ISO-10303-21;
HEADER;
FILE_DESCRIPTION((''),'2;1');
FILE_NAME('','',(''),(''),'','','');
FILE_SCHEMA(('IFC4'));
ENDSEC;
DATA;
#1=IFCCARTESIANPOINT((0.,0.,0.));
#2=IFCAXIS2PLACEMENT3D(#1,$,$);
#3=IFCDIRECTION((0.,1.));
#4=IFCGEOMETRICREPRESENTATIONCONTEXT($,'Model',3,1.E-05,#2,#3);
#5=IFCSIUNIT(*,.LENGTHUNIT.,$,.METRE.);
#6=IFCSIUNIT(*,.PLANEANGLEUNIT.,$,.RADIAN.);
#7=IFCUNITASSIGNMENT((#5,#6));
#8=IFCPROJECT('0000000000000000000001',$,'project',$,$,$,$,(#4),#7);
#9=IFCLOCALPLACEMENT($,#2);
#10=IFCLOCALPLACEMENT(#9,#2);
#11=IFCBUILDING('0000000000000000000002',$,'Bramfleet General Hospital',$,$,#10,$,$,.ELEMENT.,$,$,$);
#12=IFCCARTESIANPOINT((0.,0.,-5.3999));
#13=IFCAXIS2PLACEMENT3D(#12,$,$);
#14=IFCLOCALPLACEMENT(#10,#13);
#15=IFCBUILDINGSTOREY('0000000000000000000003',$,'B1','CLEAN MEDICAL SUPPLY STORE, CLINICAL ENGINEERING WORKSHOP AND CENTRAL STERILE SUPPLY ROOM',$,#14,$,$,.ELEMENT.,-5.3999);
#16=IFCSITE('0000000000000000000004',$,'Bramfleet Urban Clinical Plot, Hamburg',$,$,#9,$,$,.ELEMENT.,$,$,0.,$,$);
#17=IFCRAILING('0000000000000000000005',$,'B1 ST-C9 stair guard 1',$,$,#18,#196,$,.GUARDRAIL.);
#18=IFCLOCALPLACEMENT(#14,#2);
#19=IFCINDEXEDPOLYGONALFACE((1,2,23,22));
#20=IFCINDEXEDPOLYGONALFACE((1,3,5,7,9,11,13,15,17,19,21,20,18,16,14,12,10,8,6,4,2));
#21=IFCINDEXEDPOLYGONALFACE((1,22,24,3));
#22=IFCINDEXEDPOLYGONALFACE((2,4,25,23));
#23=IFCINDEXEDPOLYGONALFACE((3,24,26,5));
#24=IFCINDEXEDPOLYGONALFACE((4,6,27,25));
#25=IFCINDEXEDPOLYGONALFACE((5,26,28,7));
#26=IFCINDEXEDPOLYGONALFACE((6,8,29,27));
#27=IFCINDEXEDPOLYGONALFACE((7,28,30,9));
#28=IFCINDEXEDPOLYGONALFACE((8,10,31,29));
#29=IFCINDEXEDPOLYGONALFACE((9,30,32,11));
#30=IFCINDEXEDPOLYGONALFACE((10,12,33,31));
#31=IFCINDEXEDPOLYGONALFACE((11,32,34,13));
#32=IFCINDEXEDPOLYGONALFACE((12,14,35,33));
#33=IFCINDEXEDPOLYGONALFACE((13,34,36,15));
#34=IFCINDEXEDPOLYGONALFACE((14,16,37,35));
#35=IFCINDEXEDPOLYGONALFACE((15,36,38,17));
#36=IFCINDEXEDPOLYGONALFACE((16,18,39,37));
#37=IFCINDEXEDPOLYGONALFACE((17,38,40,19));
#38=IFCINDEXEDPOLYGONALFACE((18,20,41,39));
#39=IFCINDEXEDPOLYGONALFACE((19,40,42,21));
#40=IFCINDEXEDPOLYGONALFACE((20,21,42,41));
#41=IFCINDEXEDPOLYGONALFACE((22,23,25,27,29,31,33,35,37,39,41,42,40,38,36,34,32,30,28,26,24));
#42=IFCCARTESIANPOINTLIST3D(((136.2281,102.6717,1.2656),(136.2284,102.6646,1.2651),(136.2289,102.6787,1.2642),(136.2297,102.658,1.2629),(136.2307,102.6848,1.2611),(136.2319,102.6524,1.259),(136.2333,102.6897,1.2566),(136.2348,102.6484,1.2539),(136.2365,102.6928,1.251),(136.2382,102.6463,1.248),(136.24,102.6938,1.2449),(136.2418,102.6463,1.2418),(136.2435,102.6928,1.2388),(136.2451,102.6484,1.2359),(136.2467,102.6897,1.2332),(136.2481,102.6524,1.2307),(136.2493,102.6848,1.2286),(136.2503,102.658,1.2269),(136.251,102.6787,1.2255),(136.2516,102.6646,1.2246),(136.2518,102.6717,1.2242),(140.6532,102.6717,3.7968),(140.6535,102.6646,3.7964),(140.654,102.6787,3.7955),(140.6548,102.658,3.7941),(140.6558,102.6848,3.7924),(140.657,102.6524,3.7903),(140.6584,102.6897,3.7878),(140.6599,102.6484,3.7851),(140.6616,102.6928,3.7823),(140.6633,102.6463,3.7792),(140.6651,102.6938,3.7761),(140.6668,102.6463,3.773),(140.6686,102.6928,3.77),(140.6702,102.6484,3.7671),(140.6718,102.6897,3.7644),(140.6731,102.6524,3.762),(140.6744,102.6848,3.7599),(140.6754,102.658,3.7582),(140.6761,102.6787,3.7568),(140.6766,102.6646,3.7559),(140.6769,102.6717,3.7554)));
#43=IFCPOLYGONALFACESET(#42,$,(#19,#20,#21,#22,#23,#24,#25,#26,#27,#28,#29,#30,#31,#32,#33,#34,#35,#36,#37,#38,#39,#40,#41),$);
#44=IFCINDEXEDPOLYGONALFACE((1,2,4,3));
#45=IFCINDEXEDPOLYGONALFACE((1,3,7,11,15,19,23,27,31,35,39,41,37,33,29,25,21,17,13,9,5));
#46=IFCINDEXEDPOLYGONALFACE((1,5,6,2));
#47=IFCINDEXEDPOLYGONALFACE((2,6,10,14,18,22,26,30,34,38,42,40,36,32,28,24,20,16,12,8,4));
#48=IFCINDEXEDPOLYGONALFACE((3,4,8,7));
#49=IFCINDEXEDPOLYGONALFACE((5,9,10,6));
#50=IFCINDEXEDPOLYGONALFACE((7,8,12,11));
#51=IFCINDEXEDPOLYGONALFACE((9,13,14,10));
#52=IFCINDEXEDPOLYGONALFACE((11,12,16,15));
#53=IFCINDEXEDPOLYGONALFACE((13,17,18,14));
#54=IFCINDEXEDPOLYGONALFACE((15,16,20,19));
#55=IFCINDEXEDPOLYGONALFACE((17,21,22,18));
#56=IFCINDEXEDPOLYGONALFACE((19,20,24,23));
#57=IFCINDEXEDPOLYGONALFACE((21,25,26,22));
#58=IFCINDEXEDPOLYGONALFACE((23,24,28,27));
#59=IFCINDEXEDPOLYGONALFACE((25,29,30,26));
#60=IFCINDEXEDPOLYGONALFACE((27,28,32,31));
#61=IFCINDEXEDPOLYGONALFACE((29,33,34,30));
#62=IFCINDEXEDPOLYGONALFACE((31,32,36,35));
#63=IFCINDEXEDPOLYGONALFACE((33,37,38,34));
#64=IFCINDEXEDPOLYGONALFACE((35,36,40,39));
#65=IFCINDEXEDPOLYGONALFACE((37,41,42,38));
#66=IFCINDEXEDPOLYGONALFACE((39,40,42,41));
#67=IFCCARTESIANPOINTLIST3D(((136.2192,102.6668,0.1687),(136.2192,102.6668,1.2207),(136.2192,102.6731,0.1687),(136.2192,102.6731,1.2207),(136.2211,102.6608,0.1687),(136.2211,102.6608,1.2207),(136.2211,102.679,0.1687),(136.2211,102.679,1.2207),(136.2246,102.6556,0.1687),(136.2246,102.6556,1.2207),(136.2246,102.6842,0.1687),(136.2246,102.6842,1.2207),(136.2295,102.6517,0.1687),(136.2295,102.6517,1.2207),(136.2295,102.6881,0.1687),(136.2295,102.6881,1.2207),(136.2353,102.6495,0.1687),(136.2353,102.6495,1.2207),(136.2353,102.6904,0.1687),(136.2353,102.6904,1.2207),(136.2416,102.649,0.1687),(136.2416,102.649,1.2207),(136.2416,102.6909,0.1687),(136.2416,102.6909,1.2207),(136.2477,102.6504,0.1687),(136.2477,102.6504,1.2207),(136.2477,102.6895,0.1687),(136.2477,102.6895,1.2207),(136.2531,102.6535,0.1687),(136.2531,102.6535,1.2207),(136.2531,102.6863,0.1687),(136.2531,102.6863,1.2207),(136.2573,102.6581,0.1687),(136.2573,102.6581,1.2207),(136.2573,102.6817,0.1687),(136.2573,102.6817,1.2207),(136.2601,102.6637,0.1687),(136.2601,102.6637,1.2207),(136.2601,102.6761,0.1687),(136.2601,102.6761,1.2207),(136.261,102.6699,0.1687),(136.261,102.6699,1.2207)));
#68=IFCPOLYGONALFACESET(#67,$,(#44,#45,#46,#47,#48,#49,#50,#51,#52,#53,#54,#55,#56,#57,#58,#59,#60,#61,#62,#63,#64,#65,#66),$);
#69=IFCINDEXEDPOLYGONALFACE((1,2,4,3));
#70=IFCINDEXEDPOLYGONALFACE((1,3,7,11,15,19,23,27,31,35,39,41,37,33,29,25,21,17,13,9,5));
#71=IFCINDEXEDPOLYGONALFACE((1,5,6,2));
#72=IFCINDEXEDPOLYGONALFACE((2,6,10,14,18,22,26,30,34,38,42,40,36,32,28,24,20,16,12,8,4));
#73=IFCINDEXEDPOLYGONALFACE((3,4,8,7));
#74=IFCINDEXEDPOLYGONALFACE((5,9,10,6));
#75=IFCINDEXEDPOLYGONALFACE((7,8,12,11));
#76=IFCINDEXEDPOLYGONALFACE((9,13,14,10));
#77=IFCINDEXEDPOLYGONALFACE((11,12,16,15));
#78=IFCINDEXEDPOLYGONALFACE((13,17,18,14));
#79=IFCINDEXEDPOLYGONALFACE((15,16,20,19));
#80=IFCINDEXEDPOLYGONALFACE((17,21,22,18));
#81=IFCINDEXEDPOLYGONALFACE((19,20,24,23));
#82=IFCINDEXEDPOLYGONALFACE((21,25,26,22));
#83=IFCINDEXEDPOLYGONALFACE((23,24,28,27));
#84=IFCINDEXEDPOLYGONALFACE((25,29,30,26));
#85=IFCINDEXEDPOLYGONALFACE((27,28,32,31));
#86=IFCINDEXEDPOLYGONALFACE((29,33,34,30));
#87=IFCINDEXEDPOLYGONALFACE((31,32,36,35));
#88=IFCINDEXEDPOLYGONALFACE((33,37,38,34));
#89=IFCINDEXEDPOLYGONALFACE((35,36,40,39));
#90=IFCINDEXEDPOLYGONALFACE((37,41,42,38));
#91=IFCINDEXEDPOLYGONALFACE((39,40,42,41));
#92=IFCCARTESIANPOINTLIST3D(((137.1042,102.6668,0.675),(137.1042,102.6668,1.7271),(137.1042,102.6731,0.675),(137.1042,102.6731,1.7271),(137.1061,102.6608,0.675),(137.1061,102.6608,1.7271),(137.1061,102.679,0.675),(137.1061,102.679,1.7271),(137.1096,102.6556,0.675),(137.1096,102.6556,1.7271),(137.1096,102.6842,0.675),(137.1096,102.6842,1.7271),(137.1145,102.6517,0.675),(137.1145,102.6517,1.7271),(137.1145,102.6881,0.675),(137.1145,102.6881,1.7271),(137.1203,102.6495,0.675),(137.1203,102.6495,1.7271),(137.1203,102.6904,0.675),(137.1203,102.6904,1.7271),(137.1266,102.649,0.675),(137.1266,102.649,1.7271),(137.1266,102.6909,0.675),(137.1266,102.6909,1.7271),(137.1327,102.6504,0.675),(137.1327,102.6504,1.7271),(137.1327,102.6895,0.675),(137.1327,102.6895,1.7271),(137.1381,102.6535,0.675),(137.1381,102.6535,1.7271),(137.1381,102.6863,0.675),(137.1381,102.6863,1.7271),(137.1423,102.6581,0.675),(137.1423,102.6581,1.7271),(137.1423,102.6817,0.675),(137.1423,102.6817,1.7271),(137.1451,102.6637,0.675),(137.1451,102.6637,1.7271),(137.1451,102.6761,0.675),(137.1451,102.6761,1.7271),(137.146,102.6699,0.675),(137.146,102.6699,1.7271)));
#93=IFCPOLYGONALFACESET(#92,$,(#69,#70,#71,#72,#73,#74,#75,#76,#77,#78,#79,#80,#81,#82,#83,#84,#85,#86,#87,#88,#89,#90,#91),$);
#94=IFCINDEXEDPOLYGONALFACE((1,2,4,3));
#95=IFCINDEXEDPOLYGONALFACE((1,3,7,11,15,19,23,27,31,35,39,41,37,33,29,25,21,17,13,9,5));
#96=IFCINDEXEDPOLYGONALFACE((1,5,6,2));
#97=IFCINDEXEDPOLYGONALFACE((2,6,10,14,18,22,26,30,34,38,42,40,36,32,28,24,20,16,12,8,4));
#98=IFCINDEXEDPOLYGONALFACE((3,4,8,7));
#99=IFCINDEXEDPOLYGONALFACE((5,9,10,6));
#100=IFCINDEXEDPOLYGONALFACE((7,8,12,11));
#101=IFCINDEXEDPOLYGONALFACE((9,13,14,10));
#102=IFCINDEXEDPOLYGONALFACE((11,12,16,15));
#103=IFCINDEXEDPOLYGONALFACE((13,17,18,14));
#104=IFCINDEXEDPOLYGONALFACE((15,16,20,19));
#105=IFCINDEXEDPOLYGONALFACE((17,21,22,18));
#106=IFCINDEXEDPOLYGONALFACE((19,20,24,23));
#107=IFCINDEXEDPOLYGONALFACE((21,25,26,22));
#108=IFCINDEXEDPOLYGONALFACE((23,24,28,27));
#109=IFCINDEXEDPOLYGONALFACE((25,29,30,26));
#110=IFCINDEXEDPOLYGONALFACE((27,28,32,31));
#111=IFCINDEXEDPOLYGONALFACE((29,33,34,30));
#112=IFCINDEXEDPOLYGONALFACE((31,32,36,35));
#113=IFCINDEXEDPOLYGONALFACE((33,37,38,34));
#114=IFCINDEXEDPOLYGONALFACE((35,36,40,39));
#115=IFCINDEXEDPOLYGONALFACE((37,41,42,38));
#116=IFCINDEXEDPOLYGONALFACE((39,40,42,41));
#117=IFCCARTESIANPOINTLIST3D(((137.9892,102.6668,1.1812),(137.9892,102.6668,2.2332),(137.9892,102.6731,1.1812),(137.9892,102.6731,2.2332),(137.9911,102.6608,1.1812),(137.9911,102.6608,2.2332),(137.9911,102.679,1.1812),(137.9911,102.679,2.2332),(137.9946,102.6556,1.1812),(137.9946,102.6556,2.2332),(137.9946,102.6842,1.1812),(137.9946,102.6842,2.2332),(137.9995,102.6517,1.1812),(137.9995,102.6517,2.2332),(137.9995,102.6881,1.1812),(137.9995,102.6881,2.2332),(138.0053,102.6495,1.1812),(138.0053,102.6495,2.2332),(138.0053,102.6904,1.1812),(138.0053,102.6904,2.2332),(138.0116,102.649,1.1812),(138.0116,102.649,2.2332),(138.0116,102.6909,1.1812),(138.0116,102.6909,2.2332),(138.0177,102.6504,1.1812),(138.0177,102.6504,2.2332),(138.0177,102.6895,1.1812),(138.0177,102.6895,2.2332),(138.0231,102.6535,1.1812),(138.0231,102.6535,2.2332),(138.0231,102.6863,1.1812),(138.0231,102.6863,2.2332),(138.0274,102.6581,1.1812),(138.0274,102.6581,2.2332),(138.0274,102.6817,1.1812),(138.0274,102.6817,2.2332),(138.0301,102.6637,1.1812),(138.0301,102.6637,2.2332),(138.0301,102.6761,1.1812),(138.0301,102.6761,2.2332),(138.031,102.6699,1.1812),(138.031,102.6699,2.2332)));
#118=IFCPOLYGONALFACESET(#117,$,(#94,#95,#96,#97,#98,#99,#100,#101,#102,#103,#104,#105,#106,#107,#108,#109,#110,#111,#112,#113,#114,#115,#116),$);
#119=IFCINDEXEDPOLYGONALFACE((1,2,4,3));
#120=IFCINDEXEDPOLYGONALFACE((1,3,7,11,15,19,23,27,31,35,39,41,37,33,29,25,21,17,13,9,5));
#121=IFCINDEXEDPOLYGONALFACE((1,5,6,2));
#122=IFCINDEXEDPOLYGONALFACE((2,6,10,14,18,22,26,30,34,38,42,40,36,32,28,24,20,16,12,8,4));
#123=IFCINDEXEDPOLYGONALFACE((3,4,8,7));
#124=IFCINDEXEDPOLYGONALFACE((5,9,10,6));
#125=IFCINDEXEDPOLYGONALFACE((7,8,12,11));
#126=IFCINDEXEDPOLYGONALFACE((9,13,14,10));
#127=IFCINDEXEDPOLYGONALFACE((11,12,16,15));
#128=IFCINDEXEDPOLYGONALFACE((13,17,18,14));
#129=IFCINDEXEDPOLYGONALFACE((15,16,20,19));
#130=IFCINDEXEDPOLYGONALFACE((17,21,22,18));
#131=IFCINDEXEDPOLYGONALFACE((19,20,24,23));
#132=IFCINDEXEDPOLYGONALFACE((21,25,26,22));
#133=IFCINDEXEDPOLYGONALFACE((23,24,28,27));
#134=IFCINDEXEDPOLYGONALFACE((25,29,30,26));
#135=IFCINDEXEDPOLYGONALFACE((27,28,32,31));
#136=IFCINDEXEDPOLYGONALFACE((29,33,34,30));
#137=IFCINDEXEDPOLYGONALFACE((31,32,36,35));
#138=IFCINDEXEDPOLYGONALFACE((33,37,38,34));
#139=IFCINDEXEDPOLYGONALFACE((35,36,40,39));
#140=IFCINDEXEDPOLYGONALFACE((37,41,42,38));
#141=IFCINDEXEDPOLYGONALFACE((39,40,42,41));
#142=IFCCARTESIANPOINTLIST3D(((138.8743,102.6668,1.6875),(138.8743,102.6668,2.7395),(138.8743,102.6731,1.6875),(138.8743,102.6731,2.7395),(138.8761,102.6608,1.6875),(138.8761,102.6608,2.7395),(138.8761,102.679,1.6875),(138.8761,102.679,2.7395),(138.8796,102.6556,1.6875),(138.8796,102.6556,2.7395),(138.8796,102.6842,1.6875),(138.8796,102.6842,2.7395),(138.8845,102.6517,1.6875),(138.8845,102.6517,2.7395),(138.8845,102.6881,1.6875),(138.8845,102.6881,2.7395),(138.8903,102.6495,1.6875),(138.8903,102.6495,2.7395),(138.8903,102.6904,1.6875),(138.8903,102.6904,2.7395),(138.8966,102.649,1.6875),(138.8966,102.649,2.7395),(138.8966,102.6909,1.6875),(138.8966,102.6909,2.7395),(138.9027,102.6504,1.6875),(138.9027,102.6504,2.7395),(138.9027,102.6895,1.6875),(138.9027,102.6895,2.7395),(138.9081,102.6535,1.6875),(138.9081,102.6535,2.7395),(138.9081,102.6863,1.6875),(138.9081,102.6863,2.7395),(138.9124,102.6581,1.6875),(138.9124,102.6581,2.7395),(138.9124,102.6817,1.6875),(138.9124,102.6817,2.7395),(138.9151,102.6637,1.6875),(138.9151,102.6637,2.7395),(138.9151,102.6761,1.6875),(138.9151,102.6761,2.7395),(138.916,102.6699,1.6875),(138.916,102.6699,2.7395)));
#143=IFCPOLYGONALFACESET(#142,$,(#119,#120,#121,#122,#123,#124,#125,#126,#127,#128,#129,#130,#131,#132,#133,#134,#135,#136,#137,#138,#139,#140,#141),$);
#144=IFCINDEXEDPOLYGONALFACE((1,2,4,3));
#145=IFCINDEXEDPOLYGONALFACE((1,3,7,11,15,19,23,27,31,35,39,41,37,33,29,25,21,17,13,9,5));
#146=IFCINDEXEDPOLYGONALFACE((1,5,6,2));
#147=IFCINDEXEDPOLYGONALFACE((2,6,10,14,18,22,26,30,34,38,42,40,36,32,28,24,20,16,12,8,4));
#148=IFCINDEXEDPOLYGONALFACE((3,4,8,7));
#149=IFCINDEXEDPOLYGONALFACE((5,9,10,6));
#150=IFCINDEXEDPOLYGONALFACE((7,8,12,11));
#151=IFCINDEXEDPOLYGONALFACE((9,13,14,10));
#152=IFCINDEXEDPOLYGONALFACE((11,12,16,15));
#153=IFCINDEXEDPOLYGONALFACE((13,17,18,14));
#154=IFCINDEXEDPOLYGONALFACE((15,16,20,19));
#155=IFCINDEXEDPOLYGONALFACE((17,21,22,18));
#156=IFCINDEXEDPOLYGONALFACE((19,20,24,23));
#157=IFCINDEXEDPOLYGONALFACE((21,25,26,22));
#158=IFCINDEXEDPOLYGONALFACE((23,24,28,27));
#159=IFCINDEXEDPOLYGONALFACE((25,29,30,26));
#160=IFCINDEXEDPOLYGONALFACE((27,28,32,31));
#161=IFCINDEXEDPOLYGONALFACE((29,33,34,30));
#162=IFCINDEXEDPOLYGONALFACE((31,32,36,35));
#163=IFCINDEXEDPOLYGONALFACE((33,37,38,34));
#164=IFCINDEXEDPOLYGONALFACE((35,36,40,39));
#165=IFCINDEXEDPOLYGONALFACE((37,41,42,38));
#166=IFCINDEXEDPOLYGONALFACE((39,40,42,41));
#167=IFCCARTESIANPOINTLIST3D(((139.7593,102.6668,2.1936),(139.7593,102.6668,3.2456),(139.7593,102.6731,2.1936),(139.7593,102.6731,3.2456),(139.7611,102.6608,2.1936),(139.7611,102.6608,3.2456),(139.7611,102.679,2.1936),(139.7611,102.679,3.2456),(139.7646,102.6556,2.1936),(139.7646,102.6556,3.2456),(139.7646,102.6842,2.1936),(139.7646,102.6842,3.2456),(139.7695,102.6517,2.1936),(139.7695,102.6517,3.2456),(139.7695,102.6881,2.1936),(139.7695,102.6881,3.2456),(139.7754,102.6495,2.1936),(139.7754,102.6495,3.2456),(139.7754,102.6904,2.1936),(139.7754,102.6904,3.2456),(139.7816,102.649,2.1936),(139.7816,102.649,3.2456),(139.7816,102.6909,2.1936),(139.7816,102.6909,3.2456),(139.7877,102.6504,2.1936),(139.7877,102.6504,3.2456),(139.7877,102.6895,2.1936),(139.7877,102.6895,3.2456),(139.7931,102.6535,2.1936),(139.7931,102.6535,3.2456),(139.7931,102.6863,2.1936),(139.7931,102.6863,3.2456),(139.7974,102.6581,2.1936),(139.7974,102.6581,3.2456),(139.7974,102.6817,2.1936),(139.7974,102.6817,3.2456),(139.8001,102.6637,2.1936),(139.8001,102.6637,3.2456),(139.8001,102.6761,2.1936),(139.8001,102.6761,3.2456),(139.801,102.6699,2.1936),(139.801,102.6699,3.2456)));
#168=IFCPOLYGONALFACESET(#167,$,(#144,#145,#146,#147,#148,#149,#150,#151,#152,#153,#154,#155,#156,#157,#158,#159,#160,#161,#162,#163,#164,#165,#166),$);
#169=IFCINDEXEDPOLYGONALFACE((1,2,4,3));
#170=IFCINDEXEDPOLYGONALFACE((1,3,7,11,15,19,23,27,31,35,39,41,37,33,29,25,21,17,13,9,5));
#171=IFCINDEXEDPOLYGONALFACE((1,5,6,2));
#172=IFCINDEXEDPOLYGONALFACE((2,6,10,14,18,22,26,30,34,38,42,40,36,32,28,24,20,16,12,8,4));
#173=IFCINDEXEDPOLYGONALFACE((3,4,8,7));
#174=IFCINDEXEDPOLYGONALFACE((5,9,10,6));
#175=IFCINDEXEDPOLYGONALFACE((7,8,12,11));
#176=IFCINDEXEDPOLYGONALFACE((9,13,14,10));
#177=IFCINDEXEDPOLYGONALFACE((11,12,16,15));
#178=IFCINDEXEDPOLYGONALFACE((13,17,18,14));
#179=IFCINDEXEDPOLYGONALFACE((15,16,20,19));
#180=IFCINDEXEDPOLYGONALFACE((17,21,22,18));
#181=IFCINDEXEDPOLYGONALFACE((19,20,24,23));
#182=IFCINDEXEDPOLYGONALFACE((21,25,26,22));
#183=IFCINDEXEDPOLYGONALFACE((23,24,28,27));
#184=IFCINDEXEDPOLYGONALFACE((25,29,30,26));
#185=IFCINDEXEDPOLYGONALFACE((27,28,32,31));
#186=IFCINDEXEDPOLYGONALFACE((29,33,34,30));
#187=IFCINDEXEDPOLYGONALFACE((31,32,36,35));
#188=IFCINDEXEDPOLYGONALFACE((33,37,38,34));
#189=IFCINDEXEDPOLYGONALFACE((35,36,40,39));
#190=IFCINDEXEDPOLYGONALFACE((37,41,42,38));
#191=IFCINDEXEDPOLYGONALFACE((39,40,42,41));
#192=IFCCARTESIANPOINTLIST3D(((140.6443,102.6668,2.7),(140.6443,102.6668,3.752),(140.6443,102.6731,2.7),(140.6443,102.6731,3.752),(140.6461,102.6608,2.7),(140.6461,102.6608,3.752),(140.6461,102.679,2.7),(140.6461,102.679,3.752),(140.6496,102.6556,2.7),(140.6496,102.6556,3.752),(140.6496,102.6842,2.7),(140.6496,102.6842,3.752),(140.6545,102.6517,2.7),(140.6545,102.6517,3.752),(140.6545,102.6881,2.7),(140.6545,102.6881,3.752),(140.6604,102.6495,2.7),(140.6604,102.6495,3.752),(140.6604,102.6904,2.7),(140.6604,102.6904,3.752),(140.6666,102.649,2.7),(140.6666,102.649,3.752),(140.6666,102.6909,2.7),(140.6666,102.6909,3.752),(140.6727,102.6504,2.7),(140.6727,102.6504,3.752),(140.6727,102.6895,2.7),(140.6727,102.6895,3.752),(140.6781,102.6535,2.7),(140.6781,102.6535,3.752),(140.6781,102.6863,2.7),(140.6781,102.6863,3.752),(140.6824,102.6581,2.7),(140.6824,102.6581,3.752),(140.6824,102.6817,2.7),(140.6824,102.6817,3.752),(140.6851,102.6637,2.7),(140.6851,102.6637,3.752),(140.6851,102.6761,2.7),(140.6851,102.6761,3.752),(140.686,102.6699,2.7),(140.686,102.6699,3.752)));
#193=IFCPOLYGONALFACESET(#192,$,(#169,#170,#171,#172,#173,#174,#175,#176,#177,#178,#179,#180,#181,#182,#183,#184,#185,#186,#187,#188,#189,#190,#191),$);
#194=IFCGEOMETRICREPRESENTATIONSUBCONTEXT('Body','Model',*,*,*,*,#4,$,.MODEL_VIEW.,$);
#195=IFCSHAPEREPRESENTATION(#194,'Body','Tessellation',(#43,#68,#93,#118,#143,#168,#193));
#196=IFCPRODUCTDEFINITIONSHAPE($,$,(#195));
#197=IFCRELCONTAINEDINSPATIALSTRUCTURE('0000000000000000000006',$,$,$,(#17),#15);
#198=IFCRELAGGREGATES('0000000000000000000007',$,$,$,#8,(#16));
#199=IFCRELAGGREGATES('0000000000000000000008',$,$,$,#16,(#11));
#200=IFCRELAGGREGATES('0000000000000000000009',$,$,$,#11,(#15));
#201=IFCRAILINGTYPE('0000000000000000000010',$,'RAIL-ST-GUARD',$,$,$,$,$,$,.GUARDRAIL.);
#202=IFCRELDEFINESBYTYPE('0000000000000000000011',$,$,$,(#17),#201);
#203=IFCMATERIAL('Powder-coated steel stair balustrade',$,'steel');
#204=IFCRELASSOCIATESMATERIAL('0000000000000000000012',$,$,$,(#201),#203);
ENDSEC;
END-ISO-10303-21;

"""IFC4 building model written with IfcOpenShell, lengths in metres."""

from ifc_helpers import new_model, si_unit, direction, frame, origin, origin_2d, place, context, subcontext, project, spatial, circle, extrude, material, type_object, element, save


model = new_model("IFC4")

# Units and contexts
model_context = context("Model", 3, precision=1e-05, world=origin(), true_north=direction((0.0, 1.0)))
body_context = subcontext(model_context, "Body", "Model", "MODEL_VIEW")
ifc_project = project(units=[si_unit("LENGTHUNIT", "METRE"), si_unit("PLANEANGLEUNIT", "RADIAN")], contexts=[model_context])

# Site, building, storey
site_placement = place(None, origin())
site = spatial("IfcSite", under=ifc_project, at=site_placement, Name="Bramfleet Urban Clinical Plot, Hamburg", CompositionType="ELEMENT", RefElevation=0.0)
building_placement = place(site_placement, origin())
building = spatial("IfcBuilding", under=site, at=building_placement, Name="Bramfleet General Hospital", CompositionType="ELEMENT")
storey_placement = place(building_placement, frame((0.0, 0.0, -5.3999)))
storey = spatial("IfcBuildingStorey", under=building, at=storey_placement, Name="B1", Description="CLEAN MEDICAL SUPPLY STORE, CLINICAL ENGINEERING WORKSHOP AND CENTRAL STERILE SUPPLY ROOM", CompositionType="ELEMENT", Elevation=-5.3999)

# Railing
ifc_material_1 = material(Name="Powder-coated steel stair balustrade", Category="steel")
railing_type_1 = type_object("IfcRailingType", Name="RAIL-ST-GUARD", PredefinedType="GUARDRAIL", material=ifc_material_1)
railing_1_placement = place(storey_placement, frame((136.24, 102.6699, 0.1687)))
element("IfcRailing", 1, at=railing_1_placement, inside=storey, type_object=railing_type_1, Name="B1 ST-C9 stair guard 1", PredefinedType="GUARDRAIL", context=body_context, shape_type="SweptSolid", body=[
    extrude(circle(Radius=0.0239, at=origin_2d()), frame((0.0, 0.0, 1.0762), z_axis=(0.868019, 0.0, 0.496531), x_axis=(0.0, 1.0, 0.0)), (0.0, 0.0, 1.0), 5.0979),
    extrude(circle(Radius=0.021, at=origin_2d()), origin(), (0.0, 0.0, 1.0), 1.052),
    extrude(circle(Radius=0.021, at=origin_2d()), frame((0.885, 0.0, 0.5063)), (0.0, 0.0, 1.0), 1.052),
    extrude(circle(Radius=0.021, at=origin_2d()), frame((1.77, 0.0, 1.0125)), (0.0, 0.0, 1.0), 1.052),
    extrude(circle(Radius=0.021, at=origin_2d()), frame((2.655, 0.0, 1.5188)), (0.0, 0.0, 1.0), 1.052),
    extrude(circle(Radius=0.021, at=origin_2d()), frame((3.54, 0.0, 2.0249)), (0.0, 0.0, 1.0), 1.052),
    extrude(circle(Radius=0.021, at=origin_2d()), frame((4.425, 0.0, 2.5312)), (0.0, 0.0, 1.0), 1.052),
])

save(model, "model.ifc")
